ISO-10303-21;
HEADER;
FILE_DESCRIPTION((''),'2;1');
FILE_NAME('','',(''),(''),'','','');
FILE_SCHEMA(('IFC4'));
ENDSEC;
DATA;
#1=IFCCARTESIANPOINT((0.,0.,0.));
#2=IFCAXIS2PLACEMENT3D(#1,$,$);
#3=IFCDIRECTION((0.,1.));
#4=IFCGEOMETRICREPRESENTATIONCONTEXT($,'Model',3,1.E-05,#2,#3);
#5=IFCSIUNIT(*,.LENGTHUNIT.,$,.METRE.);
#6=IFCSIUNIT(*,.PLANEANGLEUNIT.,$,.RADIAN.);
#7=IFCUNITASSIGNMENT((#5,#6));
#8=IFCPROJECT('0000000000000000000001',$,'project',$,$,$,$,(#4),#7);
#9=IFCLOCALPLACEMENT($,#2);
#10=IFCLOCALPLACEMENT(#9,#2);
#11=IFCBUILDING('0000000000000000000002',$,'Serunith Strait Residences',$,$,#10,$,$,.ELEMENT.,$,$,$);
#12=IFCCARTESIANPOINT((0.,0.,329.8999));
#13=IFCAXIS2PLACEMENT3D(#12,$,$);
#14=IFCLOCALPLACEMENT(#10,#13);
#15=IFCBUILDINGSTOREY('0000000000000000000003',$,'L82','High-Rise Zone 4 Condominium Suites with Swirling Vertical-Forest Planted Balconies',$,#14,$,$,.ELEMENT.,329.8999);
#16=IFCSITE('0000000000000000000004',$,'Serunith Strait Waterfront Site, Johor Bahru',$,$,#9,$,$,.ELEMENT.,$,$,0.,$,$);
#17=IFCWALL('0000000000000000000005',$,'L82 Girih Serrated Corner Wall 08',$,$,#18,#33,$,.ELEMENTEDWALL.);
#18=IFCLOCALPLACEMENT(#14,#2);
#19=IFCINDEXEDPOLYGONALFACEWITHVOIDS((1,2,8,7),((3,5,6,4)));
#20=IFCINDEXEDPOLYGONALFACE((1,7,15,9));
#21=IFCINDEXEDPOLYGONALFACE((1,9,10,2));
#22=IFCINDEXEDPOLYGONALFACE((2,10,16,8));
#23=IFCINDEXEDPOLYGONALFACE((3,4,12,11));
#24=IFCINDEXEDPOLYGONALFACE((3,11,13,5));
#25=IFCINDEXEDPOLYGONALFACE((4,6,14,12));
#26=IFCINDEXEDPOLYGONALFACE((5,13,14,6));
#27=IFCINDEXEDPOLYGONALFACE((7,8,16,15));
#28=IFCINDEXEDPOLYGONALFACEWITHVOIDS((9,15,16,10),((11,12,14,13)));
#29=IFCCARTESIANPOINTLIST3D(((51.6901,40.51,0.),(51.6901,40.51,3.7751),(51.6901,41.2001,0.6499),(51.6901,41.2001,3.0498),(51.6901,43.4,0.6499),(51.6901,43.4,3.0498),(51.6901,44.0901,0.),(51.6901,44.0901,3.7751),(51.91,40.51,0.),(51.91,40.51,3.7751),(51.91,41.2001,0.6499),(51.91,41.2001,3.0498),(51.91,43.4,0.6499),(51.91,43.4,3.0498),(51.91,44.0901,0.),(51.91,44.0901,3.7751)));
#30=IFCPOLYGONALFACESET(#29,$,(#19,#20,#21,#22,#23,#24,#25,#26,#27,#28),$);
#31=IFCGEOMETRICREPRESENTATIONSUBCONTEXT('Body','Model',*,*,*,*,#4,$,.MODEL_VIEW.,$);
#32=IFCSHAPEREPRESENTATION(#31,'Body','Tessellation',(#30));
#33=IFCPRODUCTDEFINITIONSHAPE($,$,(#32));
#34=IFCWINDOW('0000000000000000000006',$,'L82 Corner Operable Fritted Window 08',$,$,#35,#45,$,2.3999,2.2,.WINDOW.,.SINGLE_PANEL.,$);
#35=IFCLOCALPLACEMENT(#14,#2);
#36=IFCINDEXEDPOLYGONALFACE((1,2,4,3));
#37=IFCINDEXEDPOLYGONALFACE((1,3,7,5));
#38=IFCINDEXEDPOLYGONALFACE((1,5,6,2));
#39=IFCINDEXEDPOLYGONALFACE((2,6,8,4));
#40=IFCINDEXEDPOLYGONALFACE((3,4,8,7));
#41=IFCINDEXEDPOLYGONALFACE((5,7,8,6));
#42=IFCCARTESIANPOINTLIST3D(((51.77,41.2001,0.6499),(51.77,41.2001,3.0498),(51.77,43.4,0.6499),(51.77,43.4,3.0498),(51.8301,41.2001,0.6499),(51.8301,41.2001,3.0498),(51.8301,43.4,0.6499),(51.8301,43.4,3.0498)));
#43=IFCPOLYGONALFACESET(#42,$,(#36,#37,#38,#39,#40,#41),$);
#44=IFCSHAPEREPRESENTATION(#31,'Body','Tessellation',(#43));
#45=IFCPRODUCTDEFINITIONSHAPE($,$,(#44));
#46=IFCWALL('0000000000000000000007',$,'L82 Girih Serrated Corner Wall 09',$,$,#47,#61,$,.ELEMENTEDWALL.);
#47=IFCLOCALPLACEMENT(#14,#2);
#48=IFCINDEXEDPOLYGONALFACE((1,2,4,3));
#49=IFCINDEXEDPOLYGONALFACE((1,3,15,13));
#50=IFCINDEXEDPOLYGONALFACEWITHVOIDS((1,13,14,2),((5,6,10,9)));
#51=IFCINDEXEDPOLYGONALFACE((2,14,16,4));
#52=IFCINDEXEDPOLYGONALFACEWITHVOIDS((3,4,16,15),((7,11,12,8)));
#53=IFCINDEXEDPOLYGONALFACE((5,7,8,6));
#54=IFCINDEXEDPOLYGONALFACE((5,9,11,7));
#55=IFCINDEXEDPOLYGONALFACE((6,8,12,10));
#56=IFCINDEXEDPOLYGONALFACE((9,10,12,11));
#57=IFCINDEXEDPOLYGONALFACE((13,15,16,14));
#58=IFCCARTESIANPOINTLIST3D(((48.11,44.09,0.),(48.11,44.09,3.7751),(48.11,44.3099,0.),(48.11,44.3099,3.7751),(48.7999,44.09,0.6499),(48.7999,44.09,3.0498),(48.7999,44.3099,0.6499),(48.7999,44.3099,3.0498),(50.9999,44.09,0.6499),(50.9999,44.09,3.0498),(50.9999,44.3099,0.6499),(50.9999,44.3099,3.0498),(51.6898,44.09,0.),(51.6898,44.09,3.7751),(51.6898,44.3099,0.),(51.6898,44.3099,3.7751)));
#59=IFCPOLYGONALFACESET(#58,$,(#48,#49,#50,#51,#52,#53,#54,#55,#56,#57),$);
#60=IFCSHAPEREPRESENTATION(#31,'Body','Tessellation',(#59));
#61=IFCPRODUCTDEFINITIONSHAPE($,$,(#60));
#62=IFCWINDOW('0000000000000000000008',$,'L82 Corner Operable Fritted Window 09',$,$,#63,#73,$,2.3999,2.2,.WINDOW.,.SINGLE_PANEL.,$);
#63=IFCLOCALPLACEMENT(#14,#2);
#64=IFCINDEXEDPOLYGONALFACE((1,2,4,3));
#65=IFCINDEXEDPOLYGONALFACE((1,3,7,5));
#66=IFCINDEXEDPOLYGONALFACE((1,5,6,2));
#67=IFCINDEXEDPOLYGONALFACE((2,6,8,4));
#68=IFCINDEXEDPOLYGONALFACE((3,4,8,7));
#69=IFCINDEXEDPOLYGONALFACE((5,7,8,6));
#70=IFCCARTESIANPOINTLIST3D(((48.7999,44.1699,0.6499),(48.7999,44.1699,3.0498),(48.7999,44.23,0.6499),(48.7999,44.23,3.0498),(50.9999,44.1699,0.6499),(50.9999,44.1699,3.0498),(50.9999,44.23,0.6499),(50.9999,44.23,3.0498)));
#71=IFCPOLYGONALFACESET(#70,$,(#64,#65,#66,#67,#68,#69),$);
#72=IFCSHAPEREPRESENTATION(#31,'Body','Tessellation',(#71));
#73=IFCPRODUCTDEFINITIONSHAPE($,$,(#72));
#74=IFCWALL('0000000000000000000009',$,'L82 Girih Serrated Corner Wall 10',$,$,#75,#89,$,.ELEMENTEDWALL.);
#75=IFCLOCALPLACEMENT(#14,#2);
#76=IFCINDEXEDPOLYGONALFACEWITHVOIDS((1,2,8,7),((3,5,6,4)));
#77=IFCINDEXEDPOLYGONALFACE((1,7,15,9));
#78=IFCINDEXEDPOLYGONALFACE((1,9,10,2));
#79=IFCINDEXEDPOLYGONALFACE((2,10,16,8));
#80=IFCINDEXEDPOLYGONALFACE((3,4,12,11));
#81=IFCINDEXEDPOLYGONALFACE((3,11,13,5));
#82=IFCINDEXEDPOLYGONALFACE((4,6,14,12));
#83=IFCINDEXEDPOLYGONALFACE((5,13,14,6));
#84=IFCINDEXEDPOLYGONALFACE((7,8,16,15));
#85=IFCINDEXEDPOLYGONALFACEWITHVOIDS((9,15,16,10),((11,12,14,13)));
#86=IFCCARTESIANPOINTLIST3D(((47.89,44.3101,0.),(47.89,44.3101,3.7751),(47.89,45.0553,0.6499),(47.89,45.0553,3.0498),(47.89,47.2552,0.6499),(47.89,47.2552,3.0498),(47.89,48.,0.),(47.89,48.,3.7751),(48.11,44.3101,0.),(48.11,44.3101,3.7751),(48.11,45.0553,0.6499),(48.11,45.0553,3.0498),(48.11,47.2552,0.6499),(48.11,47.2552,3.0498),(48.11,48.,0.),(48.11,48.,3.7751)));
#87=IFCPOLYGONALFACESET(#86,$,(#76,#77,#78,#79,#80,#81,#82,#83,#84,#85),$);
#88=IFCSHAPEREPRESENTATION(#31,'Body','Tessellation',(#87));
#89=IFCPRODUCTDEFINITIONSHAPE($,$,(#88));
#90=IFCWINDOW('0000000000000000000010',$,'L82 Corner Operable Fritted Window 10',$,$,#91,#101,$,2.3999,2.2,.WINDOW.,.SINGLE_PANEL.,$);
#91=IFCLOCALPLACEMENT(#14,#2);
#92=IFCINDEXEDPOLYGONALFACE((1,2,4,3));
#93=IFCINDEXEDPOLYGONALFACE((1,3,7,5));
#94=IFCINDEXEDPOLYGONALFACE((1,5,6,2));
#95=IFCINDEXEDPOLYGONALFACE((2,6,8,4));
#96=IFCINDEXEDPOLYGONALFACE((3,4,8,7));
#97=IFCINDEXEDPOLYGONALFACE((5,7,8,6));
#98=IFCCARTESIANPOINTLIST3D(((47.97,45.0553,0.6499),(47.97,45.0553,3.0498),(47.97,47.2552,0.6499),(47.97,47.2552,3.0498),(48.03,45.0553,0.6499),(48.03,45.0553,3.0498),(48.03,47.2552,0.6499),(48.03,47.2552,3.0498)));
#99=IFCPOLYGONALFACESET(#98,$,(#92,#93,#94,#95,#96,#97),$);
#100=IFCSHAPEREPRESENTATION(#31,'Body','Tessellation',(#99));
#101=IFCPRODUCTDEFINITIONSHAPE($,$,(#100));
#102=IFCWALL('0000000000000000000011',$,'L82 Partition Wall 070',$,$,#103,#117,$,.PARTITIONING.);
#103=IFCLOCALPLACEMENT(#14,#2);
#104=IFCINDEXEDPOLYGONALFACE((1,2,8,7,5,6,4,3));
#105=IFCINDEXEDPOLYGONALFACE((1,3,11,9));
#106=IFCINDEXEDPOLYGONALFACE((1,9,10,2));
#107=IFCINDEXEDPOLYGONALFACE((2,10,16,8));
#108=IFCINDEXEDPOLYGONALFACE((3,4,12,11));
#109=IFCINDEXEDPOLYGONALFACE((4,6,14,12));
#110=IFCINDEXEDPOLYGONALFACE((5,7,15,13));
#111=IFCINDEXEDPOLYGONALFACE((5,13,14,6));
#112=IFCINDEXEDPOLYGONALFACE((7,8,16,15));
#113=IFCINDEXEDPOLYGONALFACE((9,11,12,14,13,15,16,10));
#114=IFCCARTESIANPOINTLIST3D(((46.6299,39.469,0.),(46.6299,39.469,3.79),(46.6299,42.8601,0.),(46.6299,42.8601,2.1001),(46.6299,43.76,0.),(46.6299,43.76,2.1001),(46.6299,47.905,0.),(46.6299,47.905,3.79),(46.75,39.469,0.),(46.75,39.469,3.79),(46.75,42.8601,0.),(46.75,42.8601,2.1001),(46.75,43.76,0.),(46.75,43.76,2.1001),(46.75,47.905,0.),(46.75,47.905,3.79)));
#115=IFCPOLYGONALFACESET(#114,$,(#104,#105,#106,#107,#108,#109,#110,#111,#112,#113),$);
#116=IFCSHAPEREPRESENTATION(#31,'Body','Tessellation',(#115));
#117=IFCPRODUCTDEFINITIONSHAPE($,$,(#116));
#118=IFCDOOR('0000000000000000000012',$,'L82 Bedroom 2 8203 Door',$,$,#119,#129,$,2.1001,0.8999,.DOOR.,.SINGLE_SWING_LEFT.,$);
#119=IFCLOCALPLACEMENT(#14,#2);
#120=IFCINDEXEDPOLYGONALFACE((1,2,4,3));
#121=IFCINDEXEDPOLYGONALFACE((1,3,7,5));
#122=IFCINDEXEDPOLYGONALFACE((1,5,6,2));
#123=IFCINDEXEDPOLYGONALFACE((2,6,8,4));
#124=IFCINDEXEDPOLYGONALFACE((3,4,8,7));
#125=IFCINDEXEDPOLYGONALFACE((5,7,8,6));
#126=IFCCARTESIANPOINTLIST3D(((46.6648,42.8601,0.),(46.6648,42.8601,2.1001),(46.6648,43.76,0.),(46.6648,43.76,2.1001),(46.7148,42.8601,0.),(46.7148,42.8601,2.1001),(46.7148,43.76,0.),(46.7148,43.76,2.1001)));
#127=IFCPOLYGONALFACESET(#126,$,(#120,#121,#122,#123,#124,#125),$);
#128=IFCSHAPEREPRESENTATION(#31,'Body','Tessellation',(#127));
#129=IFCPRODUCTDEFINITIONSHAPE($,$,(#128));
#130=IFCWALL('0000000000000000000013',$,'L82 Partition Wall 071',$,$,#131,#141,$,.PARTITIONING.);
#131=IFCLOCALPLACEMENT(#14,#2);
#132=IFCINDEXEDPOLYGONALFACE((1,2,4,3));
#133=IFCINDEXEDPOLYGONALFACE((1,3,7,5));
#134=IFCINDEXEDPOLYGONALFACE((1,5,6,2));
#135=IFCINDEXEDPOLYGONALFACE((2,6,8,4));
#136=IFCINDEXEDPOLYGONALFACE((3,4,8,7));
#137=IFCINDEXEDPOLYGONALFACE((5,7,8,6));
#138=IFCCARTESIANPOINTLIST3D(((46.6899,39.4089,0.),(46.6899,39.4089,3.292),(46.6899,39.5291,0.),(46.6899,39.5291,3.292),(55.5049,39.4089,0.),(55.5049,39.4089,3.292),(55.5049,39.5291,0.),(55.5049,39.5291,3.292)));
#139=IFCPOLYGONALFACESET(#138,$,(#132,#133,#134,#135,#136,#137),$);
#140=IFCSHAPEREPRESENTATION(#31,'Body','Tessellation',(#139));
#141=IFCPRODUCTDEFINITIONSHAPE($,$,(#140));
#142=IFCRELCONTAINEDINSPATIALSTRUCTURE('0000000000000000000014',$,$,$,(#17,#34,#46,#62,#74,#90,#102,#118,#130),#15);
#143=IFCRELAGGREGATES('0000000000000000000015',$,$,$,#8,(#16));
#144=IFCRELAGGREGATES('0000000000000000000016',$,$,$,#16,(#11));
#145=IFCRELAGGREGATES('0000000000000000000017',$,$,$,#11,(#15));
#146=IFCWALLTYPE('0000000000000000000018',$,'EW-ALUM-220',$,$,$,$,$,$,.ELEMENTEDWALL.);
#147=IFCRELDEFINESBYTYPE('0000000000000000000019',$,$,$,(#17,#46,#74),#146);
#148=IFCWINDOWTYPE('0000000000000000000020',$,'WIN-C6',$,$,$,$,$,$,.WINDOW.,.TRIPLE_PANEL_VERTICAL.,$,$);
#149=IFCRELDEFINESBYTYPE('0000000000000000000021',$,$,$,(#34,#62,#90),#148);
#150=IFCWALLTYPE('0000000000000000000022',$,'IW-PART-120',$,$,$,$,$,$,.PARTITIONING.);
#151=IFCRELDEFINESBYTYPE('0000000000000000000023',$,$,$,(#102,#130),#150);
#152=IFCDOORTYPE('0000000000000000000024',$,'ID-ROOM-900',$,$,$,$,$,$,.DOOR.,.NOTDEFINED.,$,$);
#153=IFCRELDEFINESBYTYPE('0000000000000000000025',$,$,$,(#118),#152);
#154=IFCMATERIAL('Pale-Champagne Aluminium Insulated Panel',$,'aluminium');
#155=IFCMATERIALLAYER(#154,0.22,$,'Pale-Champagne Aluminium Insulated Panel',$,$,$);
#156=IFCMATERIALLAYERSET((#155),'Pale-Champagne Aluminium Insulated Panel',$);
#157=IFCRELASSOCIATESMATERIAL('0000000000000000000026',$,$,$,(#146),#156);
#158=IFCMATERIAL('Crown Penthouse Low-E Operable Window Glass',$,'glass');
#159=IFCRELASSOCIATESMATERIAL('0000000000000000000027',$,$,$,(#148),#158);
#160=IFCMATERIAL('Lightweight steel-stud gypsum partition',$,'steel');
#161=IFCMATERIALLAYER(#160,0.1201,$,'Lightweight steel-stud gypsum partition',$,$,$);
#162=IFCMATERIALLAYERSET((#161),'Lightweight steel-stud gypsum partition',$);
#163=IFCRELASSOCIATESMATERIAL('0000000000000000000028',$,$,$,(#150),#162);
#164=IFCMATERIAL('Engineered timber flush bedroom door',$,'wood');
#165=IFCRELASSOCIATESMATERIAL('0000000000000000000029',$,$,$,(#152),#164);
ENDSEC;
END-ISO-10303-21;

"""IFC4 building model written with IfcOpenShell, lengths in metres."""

from ifc_helpers import new_model, si_unit, direction, frame, frame_2d, origin, place, context, subcontext, project, spatial, rectangle, extrude, source, transform, mapped, material, layer, layer_set, type_object, element, fill, save


model = new_model("IFC4")

# Units and contexts
model_context = context("Model", 3, precision=1e-05, world=origin(), true_north=direction((0.0, 1.0)))
body_context = subcontext(model_context, "Body", "Model", "MODEL_VIEW")
ifc_project = project(units=[si_unit("LENGTHUNIT", "METRE"), si_unit("PLANEANGLEUNIT", "RADIAN")], contexts=[model_context])

# Site, building, storey
site_placement = place(None, origin())
site = spatial("IfcSite", under=ifc_project, at=site_placement, Name="Serunith Strait Waterfront Site, Johor Bahru", CompositionType="ELEMENT", RefElevation=0.0)
building_placement = place(site_placement, origin())
building = spatial("IfcBuilding", under=site, at=building_placement, Name="Serunith Strait Residences", CompositionType="ELEMENT")
storey_placement = place(building_placement, frame((0.0, 0.0, 329.8999)))
storey = spatial("IfcBuildingStorey", under=building, at=storey_placement, Name="L82", Description="High-Rise Zone 4 Condominium Suites with Swirling Vertical-Forest Planted Balconies", CompositionType="ELEMENT", Elevation=329.8999)

# Walls, openings, windows
ifc_material_1 = material(Name="Pale-Champagne Aluminium Insulated Panel", Category="aluminium")
ifc_layer_1 = layer(ifc_material_1, 0.22, Name="Pale-Champagne Aluminium Insulated Panel")
ifc_layer_set_1 = layer_set([ifc_layer_1], Name="Pale-Champagne Aluminium Insulated Panel")
wall_type_1 = type_object("IfcWallType", Name="EW-ALUM-220", PredefinedType="ELEMENTEDWALL", material=ifc_layer_set_1)
ifc_material_2 = material(Name="Crown Penthouse Low-E Operable Window Glass", Category="glass")
window_type = type_object("IfcWindowType", Name="WIN-C6", PartitioningType="TRIPLE_PANEL_VERTICAL", PredefinedType="WINDOW", material=ifc_material_2)
shared_shape_1 = source(origin(), body_context, "Body", "SweptSolid", [
    extrude(rectangle(XDim=2.2, YDim=2.3999, at=frame_2d((1.1001, 1.2))), frame((0.0, 0.03, 0.0), z_axis=(0.0, -1.0, 0.0), x_axis=(1.0, 0.0, 0.0)), (0.0, 0.0, 1.0), 0.0601),
])
wall_1_placement = place(storey_placement, frame((51.8, 40.51, 0.0), z_axis=(0.0, 0.0, 1.0), x_axis=(0.0, 1.0, 0.0)))
wall_1 = element("IfcWall", 1, at=wall_1_placement, inside=storey, type_object=wall_type_1, Name="L82 Girih Serrated Corner Wall 08", PredefinedType="ELEMENTEDWALL", context=body_context, shape_type="SweptSolid", body=[
    extrude(rectangle(XDim=3.5801, YDim=0.22, at=frame_2d((1.79, 0.0))), origin(), (0.0, 0.0, 1.0), 3.7751),
])
opening_1_placement = place(wall_1_placement, frame((0.6899, 0.0, 0.6499)))
opening_1 = element("IfcOpeningElement", 2, at=opening_1_placement, cuts=wall_1, PredefinedType="OPENING", context=body_context, shape_type="SweptSolid", body=[
    extrude(rectangle(XDim=2.2, YDim=2.3999, at=frame_2d((1.1001, 1.2))), frame((0.0, 0.1201, 0.0), z_axis=(0.0, -1.0, 0.0), x_axis=(1.0, 0.0, 0.0)), (0.0, 0.0, 1.0), 0.24),
])
window_1_placement = place(opening_1_placement, origin())
window_1 = element("IfcWindow", 3, at=window_1_placement, inside=storey, type_object=window_type, Name="L82 Corner Operable Fritted Window 08", OverallHeight=2.3999, OverallWidth=2.2, PartitioningType="SINGLE_PANEL", PredefinedType="WINDOW", context=body_context, shape_type="MappedRepresentation", body=[
    mapped(shared_shape_1, transform((0.0, 0.0, 0.0), scale=1.0)),
])
fill(opening_1, window_1)
wall_2_placement = place(storey_placement, frame((51.6899, 44.2, 0.0), z_axis=(0.0, 0.0, 1.0), x_axis=(-1.0, 0.0, 0.0)))
wall_2 = element("IfcWall", 4, at=wall_2_placement, inside=storey, type_object=wall_type_1, Name="L82 Girih Serrated Corner Wall 09", PredefinedType="ELEMENTEDWALL", context=body_context, shape_type="SweptSolid", body=[
    extrude(rectangle(XDim=3.5798, YDim=0.22, at=frame_2d((1.79, 0.0))), origin(), (0.0, 0.0, 1.0), 3.7751),
])
opening_2_placement = place(wall_2_placement, frame((0.6899, 0.0, 0.6499)))
opening_2 = element("IfcOpeningElement", 5, at=opening_2_placement, cuts=wall_2, PredefinedType="OPENING", context=body_context, shape_type="SweptSolid", body=[
    extrude(rectangle(XDim=2.2, YDim=2.3999, at=frame_2d((1.1001, 1.2))), frame((0.0, 0.1201, 0.0), z_axis=(0.0, -1.0, 0.0), x_axis=(1.0, 0.0, 0.0)), (0.0, 0.0, 1.0), 0.24),
])
window_2_placement = place(opening_2_placement, origin())
window_2 = element("IfcWindow", 6, at=window_2_placement, inside=storey, type_object=window_type, Name="L82 Corner Operable Fritted Window 09", OverallHeight=2.3999, OverallWidth=2.2, PartitioningType="SINGLE_PANEL", PredefinedType="WINDOW", context=body_context, shape_type="MappedRepresentation", body=[
    mapped(shared_shape_1, transform((0.0, 0.0, 0.0), scale=1.0)),
])
fill(opening_2, window_2)
wall_3_placement = place(storey_placement, frame((48.0, 44.3101, 0.0), z_axis=(0.0, 0.0, 1.0), x_axis=(0.0, 1.0, 0.0)))
wall_3 = element("IfcWall", 7, at=wall_3_placement, inside=storey, type_object=wall_type_1, Name="L82 Girih Serrated Corner Wall 10", PredefinedType="ELEMENTEDWALL", context=body_context, shape_type="SweptSolid", body=[
    extrude(rectangle(XDim=3.6899, YDim=0.22, at=frame_2d((1.845, 0.0))), origin(), (0.0, 0.0, 1.0), 3.7751),
])
opening_3_placement = place(wall_3_placement, frame((0.7451, 0.0, 0.6499)))
opening_3 = element("IfcOpeningElement", 8, at=opening_3_placement, cuts=wall_3, PredefinedType="OPENING", context=body_context, shape_type="SweptSolid", body=[
    extrude(rectangle(XDim=2.2, YDim=2.3999, at=frame_2d((1.1001, 1.2))), frame((0.0, 0.1201, 0.0), z_axis=(0.0, -1.0, 0.0), x_axis=(1.0, 0.0, 0.0)), (0.0, 0.0, 1.0), 0.24),
])
window_3_placement = place(opening_3_placement, origin())
window_3 = element("IfcWindow", 9, at=window_3_placement, inside=storey, type_object=window_type, Name="L82 Corner Operable Fritted Window 10", OverallHeight=2.3999, OverallWidth=2.2, PartitioningType="SINGLE_PANEL", PredefinedType="WINDOW", context=body_context, shape_type="MappedRepresentation", body=[
    mapped(shared_shape_1, transform((0.0, 0.0, 0.0), scale=1.0)),
])
fill(opening_3, window_3)

# Wall, opening, door
ifc_material_3 = material(Name="Lightweight steel-stud gypsum partition", Category="steel")
ifc_layer_2 = layer(ifc_material_3, 0.1201, Name="Lightweight steel-stud gypsum partition")
ifc_layer_set_2 = layer_set([ifc_layer_2], Name="Lightweight steel-stud gypsum partition")
wall_type_2 = type_object("IfcWallType", Name="IW-PART-120", PredefinedType="PARTITIONING", material=ifc_layer_set_2)
wall_4_placement = place(storey_placement, frame((46.6899, 47.905, 0.0), z_axis=(0.0, 0.0, 1.0), x_axis=(0.0, -1.0, 0.0)))
wall_4 = element("IfcWall", 10, at=wall_4_placement, inside=storey, type_object=wall_type_2, Name="L82 Partition Wall 070", PredefinedType="PARTITIONING", context=body_context, shape_type="SweptSolid", body=[
    extrude(rectangle(XDim=8.436, YDim=0.1201, at=frame_2d((4.218, 0.0))), origin(), (0.0, 0.0, 1.0), 3.79),
])
opening_4_placement = place(wall_4_placement, frame((4.145, 0.0, 0.0)))
opening_4 = element("IfcOpeningElement", 11, at=opening_4_placement, cuts=wall_4, PredefinedType="OPENING", context=body_context, shape_type="SweptSolid", body=[
    extrude(rectangle(XDim=0.8999, YDim=2.1001, at=frame_2d((0.45, 1.05))), frame((0.0, 0.0701, 0.0), z_axis=(0.0, -1.0, 0.0), x_axis=(1.0, 0.0, 0.0)), (0.0, 0.0, 1.0), 0.1401),
])
ifc_material_4 = material(Name="Engineered timber flush bedroom door", Category="wood")
door_type_1 = type_object("IfcDoorType", Name="ID-ROOM-900", OperationType="NOTDEFINED", PredefinedType="DOOR", material=ifc_material_4)
shared_shape_2 = source(origin(), body_context, "Body", "SweptSolid", [
    extrude(rectangle(XDim=0.8999, YDim=2.1001, at=frame_2d((0.45, 1.05))), frame((0.0, 0.0249, 0.0), z_axis=(0.0, -1.0, 0.0), x_axis=(1.0, 0.0, 0.0)), (0.0, 0.0, 1.0), 0.05),
])
door_1_placement = place(opening_4_placement, origin())
door_1 = element("IfcDoor", 12, at=door_1_placement, inside=storey, type_object=door_type_1, Name="L82 Bedroom 2 8203 Door", OperationType="SINGLE_SWING_LEFT", OverallHeight=2.1001, OverallWidth=0.8999, PredefinedType="DOOR", context=body_context, shape_type="MappedRepresentation", body=[
    mapped(shared_shape_2, transform((0.0, 0.0, 0.0), scale=1.0)),
])
fill(opening_4, door_1)

# Wall
wall_5_placement = place(storey_placement, frame((46.6899, 39.469, 0.0), z_axis=(0.0, 0.0, 1.0), x_axis=(1.0, 0.0, 0.0)))
element("IfcWall", 13, at=wall_5_placement, inside=storey, type_object=wall_type_2, Name="L82 Partition Wall 071", PredefinedType="PARTITIONING", context=body_context, shape_type="SweptSolid", body=[
    extrude(rectangle(XDim=8.8149, YDim=0.1201, at=frame_2d((4.4075, 0.0))), origin(), (0.0, 0.0, 1.0), 3.292),
])

save(model, "model.ifc")
